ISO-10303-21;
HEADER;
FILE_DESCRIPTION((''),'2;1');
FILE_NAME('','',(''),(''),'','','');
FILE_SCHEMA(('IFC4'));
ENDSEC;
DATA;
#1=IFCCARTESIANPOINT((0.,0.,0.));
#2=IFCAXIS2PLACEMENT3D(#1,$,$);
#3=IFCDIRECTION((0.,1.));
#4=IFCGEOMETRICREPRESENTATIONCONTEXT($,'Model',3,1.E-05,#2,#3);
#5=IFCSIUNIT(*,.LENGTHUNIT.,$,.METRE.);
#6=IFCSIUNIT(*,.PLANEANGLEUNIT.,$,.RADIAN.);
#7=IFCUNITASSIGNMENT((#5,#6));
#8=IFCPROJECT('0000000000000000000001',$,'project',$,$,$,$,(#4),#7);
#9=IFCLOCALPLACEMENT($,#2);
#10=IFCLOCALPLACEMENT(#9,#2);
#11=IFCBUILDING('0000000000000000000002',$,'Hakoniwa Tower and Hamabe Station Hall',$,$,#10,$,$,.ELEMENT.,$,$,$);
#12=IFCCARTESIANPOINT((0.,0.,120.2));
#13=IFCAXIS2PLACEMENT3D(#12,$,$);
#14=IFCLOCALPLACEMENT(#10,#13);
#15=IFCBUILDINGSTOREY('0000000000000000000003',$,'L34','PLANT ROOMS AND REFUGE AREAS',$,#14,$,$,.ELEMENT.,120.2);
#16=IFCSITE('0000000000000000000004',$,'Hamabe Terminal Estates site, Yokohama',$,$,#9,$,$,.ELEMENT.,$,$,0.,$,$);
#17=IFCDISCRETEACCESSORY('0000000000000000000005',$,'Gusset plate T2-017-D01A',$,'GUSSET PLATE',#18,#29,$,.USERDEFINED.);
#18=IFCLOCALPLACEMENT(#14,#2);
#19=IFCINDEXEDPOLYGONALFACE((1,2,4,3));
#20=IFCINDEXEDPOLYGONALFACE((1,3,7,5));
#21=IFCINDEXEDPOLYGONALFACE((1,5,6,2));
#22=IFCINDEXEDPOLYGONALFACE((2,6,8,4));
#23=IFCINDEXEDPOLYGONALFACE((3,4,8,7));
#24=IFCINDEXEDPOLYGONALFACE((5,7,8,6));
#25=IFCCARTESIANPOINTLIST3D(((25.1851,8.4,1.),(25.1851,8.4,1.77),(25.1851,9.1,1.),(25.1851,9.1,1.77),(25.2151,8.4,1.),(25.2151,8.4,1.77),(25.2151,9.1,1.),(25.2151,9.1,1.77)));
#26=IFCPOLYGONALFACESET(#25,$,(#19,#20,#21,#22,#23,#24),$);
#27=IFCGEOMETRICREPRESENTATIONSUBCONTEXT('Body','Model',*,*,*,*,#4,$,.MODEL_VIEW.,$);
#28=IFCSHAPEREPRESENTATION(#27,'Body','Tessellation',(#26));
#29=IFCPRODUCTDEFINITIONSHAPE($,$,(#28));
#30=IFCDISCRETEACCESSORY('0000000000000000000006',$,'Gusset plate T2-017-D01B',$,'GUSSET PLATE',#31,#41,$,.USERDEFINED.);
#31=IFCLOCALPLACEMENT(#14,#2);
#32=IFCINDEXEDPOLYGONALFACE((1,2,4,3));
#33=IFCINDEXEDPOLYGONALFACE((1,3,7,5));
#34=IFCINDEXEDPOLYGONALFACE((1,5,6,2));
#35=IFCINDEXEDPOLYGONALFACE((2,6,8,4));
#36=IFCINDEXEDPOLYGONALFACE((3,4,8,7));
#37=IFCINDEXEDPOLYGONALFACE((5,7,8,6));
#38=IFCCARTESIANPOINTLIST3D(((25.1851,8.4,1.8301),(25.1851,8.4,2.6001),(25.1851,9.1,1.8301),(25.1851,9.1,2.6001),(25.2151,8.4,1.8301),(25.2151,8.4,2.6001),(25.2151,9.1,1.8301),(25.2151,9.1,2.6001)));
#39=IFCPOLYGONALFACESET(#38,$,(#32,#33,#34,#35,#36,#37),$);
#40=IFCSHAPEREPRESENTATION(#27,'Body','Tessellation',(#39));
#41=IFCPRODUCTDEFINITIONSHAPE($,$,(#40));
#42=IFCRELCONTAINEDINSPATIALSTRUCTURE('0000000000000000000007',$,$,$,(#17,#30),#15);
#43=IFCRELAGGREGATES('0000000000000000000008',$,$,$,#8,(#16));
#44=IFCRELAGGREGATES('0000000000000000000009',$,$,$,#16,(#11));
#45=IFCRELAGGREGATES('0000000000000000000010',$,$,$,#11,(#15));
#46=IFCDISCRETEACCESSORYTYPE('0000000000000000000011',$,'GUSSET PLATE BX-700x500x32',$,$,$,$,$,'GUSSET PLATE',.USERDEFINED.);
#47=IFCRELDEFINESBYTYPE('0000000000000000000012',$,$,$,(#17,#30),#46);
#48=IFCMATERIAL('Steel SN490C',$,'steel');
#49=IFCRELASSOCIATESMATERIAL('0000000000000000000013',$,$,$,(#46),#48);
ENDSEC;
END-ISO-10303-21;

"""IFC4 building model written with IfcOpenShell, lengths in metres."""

from ifc_helpers import new_model, si_unit, direction, frame, origin, origin_2d, place, context, subcontext, project, spatial, rectangle, extrude, material, material_profile, profile_set, type_object, element, save


model = new_model("IFC4")

# Units and contexts
model_context = context("Model", 3, precision=1e-05, world=origin(), true_north=direction((0.0, 1.0)))
body_context = subcontext(model_context, "Body", "Model", "MODEL_VIEW")
ifc_project = project(units=[si_unit("LENGTHUNIT", "METRE"), si_unit("PLANEANGLEUNIT", "RADIAN")], contexts=[model_context])

# Site, building, storey
site_placement = place(None, origin())
site = spatial("IfcSite", under=ifc_project, at=site_placement, Name="Hamabe Terminal Estates site, Yokohama", CompositionType="ELEMENT", RefElevation=0.0)
building_placement = place(site_placement, origin())
building = spatial("IfcBuilding", under=site, at=building_placement, Name="Hakoniwa Tower and Hamabe Station Hall", CompositionType="ELEMENT")
storey_placement = place(building_placement, frame((0.0, 0.0, 120.2)))
storey = spatial("IfcBuildingStorey", under=building, at=storey_placement, Name="L34", Description="PLANT ROOMS AND REFUGE AREAS", CompositionType="ELEMENT", Elevation=120.2)

# Discrete accessories
ifc_material_1 = material(Name="Steel SN490C", Category="steel")
ifc_material_profile_1 = material_profile(ifc_material_1, rectangle(XDim=0.7, YDim=0.77, at=origin_2d()), Name="GUSSET PLATE BX-700x500x32")
ifc_profile_set_1 = profile_set([ifc_material_profile_1], Name="Steel SN490C")
discrete_accessory_type_1 = type_object("IfcDiscreteAccessoryType", Name="GUSSET PLATE BX-700x500x32", ElementType="GUSSET PLATE", PredefinedType="USERDEFINED", material=ifc_profile_set_1)
for number, where, z_axis, x_axis, name in (
    (1, (25.2151, 8.75, 1.385), (-1.0, 0.0, 0.0), (0.0, -1.0, 0.0), "Gusset plate T2-017-D01A"),
    (2, (25.2151, 8.75, 2.2151), (-1.0, 0.0, 0.0), (0.0, -1.0, 0.0), "Gusset plate T2-017-D01B"),
):
    element("IfcDiscreteAccessory", number, at=place(storey_placement, frame(where, z_axis=z_axis, x_axis=x_axis)), inside=storey, type_object=discrete_accessory_type_1, Name=name, ObjectType="GUSSET PLATE", PredefinedType="USERDEFINED", context=body_context, shape_type="SweptSolid", body=[
        extrude(rectangle(XDim=0.7, YDim=0.77, at=origin_2d()), origin(), (0.0, 0.0, 1.0), 0.03),
    ])

save(model, "model.ifc")
